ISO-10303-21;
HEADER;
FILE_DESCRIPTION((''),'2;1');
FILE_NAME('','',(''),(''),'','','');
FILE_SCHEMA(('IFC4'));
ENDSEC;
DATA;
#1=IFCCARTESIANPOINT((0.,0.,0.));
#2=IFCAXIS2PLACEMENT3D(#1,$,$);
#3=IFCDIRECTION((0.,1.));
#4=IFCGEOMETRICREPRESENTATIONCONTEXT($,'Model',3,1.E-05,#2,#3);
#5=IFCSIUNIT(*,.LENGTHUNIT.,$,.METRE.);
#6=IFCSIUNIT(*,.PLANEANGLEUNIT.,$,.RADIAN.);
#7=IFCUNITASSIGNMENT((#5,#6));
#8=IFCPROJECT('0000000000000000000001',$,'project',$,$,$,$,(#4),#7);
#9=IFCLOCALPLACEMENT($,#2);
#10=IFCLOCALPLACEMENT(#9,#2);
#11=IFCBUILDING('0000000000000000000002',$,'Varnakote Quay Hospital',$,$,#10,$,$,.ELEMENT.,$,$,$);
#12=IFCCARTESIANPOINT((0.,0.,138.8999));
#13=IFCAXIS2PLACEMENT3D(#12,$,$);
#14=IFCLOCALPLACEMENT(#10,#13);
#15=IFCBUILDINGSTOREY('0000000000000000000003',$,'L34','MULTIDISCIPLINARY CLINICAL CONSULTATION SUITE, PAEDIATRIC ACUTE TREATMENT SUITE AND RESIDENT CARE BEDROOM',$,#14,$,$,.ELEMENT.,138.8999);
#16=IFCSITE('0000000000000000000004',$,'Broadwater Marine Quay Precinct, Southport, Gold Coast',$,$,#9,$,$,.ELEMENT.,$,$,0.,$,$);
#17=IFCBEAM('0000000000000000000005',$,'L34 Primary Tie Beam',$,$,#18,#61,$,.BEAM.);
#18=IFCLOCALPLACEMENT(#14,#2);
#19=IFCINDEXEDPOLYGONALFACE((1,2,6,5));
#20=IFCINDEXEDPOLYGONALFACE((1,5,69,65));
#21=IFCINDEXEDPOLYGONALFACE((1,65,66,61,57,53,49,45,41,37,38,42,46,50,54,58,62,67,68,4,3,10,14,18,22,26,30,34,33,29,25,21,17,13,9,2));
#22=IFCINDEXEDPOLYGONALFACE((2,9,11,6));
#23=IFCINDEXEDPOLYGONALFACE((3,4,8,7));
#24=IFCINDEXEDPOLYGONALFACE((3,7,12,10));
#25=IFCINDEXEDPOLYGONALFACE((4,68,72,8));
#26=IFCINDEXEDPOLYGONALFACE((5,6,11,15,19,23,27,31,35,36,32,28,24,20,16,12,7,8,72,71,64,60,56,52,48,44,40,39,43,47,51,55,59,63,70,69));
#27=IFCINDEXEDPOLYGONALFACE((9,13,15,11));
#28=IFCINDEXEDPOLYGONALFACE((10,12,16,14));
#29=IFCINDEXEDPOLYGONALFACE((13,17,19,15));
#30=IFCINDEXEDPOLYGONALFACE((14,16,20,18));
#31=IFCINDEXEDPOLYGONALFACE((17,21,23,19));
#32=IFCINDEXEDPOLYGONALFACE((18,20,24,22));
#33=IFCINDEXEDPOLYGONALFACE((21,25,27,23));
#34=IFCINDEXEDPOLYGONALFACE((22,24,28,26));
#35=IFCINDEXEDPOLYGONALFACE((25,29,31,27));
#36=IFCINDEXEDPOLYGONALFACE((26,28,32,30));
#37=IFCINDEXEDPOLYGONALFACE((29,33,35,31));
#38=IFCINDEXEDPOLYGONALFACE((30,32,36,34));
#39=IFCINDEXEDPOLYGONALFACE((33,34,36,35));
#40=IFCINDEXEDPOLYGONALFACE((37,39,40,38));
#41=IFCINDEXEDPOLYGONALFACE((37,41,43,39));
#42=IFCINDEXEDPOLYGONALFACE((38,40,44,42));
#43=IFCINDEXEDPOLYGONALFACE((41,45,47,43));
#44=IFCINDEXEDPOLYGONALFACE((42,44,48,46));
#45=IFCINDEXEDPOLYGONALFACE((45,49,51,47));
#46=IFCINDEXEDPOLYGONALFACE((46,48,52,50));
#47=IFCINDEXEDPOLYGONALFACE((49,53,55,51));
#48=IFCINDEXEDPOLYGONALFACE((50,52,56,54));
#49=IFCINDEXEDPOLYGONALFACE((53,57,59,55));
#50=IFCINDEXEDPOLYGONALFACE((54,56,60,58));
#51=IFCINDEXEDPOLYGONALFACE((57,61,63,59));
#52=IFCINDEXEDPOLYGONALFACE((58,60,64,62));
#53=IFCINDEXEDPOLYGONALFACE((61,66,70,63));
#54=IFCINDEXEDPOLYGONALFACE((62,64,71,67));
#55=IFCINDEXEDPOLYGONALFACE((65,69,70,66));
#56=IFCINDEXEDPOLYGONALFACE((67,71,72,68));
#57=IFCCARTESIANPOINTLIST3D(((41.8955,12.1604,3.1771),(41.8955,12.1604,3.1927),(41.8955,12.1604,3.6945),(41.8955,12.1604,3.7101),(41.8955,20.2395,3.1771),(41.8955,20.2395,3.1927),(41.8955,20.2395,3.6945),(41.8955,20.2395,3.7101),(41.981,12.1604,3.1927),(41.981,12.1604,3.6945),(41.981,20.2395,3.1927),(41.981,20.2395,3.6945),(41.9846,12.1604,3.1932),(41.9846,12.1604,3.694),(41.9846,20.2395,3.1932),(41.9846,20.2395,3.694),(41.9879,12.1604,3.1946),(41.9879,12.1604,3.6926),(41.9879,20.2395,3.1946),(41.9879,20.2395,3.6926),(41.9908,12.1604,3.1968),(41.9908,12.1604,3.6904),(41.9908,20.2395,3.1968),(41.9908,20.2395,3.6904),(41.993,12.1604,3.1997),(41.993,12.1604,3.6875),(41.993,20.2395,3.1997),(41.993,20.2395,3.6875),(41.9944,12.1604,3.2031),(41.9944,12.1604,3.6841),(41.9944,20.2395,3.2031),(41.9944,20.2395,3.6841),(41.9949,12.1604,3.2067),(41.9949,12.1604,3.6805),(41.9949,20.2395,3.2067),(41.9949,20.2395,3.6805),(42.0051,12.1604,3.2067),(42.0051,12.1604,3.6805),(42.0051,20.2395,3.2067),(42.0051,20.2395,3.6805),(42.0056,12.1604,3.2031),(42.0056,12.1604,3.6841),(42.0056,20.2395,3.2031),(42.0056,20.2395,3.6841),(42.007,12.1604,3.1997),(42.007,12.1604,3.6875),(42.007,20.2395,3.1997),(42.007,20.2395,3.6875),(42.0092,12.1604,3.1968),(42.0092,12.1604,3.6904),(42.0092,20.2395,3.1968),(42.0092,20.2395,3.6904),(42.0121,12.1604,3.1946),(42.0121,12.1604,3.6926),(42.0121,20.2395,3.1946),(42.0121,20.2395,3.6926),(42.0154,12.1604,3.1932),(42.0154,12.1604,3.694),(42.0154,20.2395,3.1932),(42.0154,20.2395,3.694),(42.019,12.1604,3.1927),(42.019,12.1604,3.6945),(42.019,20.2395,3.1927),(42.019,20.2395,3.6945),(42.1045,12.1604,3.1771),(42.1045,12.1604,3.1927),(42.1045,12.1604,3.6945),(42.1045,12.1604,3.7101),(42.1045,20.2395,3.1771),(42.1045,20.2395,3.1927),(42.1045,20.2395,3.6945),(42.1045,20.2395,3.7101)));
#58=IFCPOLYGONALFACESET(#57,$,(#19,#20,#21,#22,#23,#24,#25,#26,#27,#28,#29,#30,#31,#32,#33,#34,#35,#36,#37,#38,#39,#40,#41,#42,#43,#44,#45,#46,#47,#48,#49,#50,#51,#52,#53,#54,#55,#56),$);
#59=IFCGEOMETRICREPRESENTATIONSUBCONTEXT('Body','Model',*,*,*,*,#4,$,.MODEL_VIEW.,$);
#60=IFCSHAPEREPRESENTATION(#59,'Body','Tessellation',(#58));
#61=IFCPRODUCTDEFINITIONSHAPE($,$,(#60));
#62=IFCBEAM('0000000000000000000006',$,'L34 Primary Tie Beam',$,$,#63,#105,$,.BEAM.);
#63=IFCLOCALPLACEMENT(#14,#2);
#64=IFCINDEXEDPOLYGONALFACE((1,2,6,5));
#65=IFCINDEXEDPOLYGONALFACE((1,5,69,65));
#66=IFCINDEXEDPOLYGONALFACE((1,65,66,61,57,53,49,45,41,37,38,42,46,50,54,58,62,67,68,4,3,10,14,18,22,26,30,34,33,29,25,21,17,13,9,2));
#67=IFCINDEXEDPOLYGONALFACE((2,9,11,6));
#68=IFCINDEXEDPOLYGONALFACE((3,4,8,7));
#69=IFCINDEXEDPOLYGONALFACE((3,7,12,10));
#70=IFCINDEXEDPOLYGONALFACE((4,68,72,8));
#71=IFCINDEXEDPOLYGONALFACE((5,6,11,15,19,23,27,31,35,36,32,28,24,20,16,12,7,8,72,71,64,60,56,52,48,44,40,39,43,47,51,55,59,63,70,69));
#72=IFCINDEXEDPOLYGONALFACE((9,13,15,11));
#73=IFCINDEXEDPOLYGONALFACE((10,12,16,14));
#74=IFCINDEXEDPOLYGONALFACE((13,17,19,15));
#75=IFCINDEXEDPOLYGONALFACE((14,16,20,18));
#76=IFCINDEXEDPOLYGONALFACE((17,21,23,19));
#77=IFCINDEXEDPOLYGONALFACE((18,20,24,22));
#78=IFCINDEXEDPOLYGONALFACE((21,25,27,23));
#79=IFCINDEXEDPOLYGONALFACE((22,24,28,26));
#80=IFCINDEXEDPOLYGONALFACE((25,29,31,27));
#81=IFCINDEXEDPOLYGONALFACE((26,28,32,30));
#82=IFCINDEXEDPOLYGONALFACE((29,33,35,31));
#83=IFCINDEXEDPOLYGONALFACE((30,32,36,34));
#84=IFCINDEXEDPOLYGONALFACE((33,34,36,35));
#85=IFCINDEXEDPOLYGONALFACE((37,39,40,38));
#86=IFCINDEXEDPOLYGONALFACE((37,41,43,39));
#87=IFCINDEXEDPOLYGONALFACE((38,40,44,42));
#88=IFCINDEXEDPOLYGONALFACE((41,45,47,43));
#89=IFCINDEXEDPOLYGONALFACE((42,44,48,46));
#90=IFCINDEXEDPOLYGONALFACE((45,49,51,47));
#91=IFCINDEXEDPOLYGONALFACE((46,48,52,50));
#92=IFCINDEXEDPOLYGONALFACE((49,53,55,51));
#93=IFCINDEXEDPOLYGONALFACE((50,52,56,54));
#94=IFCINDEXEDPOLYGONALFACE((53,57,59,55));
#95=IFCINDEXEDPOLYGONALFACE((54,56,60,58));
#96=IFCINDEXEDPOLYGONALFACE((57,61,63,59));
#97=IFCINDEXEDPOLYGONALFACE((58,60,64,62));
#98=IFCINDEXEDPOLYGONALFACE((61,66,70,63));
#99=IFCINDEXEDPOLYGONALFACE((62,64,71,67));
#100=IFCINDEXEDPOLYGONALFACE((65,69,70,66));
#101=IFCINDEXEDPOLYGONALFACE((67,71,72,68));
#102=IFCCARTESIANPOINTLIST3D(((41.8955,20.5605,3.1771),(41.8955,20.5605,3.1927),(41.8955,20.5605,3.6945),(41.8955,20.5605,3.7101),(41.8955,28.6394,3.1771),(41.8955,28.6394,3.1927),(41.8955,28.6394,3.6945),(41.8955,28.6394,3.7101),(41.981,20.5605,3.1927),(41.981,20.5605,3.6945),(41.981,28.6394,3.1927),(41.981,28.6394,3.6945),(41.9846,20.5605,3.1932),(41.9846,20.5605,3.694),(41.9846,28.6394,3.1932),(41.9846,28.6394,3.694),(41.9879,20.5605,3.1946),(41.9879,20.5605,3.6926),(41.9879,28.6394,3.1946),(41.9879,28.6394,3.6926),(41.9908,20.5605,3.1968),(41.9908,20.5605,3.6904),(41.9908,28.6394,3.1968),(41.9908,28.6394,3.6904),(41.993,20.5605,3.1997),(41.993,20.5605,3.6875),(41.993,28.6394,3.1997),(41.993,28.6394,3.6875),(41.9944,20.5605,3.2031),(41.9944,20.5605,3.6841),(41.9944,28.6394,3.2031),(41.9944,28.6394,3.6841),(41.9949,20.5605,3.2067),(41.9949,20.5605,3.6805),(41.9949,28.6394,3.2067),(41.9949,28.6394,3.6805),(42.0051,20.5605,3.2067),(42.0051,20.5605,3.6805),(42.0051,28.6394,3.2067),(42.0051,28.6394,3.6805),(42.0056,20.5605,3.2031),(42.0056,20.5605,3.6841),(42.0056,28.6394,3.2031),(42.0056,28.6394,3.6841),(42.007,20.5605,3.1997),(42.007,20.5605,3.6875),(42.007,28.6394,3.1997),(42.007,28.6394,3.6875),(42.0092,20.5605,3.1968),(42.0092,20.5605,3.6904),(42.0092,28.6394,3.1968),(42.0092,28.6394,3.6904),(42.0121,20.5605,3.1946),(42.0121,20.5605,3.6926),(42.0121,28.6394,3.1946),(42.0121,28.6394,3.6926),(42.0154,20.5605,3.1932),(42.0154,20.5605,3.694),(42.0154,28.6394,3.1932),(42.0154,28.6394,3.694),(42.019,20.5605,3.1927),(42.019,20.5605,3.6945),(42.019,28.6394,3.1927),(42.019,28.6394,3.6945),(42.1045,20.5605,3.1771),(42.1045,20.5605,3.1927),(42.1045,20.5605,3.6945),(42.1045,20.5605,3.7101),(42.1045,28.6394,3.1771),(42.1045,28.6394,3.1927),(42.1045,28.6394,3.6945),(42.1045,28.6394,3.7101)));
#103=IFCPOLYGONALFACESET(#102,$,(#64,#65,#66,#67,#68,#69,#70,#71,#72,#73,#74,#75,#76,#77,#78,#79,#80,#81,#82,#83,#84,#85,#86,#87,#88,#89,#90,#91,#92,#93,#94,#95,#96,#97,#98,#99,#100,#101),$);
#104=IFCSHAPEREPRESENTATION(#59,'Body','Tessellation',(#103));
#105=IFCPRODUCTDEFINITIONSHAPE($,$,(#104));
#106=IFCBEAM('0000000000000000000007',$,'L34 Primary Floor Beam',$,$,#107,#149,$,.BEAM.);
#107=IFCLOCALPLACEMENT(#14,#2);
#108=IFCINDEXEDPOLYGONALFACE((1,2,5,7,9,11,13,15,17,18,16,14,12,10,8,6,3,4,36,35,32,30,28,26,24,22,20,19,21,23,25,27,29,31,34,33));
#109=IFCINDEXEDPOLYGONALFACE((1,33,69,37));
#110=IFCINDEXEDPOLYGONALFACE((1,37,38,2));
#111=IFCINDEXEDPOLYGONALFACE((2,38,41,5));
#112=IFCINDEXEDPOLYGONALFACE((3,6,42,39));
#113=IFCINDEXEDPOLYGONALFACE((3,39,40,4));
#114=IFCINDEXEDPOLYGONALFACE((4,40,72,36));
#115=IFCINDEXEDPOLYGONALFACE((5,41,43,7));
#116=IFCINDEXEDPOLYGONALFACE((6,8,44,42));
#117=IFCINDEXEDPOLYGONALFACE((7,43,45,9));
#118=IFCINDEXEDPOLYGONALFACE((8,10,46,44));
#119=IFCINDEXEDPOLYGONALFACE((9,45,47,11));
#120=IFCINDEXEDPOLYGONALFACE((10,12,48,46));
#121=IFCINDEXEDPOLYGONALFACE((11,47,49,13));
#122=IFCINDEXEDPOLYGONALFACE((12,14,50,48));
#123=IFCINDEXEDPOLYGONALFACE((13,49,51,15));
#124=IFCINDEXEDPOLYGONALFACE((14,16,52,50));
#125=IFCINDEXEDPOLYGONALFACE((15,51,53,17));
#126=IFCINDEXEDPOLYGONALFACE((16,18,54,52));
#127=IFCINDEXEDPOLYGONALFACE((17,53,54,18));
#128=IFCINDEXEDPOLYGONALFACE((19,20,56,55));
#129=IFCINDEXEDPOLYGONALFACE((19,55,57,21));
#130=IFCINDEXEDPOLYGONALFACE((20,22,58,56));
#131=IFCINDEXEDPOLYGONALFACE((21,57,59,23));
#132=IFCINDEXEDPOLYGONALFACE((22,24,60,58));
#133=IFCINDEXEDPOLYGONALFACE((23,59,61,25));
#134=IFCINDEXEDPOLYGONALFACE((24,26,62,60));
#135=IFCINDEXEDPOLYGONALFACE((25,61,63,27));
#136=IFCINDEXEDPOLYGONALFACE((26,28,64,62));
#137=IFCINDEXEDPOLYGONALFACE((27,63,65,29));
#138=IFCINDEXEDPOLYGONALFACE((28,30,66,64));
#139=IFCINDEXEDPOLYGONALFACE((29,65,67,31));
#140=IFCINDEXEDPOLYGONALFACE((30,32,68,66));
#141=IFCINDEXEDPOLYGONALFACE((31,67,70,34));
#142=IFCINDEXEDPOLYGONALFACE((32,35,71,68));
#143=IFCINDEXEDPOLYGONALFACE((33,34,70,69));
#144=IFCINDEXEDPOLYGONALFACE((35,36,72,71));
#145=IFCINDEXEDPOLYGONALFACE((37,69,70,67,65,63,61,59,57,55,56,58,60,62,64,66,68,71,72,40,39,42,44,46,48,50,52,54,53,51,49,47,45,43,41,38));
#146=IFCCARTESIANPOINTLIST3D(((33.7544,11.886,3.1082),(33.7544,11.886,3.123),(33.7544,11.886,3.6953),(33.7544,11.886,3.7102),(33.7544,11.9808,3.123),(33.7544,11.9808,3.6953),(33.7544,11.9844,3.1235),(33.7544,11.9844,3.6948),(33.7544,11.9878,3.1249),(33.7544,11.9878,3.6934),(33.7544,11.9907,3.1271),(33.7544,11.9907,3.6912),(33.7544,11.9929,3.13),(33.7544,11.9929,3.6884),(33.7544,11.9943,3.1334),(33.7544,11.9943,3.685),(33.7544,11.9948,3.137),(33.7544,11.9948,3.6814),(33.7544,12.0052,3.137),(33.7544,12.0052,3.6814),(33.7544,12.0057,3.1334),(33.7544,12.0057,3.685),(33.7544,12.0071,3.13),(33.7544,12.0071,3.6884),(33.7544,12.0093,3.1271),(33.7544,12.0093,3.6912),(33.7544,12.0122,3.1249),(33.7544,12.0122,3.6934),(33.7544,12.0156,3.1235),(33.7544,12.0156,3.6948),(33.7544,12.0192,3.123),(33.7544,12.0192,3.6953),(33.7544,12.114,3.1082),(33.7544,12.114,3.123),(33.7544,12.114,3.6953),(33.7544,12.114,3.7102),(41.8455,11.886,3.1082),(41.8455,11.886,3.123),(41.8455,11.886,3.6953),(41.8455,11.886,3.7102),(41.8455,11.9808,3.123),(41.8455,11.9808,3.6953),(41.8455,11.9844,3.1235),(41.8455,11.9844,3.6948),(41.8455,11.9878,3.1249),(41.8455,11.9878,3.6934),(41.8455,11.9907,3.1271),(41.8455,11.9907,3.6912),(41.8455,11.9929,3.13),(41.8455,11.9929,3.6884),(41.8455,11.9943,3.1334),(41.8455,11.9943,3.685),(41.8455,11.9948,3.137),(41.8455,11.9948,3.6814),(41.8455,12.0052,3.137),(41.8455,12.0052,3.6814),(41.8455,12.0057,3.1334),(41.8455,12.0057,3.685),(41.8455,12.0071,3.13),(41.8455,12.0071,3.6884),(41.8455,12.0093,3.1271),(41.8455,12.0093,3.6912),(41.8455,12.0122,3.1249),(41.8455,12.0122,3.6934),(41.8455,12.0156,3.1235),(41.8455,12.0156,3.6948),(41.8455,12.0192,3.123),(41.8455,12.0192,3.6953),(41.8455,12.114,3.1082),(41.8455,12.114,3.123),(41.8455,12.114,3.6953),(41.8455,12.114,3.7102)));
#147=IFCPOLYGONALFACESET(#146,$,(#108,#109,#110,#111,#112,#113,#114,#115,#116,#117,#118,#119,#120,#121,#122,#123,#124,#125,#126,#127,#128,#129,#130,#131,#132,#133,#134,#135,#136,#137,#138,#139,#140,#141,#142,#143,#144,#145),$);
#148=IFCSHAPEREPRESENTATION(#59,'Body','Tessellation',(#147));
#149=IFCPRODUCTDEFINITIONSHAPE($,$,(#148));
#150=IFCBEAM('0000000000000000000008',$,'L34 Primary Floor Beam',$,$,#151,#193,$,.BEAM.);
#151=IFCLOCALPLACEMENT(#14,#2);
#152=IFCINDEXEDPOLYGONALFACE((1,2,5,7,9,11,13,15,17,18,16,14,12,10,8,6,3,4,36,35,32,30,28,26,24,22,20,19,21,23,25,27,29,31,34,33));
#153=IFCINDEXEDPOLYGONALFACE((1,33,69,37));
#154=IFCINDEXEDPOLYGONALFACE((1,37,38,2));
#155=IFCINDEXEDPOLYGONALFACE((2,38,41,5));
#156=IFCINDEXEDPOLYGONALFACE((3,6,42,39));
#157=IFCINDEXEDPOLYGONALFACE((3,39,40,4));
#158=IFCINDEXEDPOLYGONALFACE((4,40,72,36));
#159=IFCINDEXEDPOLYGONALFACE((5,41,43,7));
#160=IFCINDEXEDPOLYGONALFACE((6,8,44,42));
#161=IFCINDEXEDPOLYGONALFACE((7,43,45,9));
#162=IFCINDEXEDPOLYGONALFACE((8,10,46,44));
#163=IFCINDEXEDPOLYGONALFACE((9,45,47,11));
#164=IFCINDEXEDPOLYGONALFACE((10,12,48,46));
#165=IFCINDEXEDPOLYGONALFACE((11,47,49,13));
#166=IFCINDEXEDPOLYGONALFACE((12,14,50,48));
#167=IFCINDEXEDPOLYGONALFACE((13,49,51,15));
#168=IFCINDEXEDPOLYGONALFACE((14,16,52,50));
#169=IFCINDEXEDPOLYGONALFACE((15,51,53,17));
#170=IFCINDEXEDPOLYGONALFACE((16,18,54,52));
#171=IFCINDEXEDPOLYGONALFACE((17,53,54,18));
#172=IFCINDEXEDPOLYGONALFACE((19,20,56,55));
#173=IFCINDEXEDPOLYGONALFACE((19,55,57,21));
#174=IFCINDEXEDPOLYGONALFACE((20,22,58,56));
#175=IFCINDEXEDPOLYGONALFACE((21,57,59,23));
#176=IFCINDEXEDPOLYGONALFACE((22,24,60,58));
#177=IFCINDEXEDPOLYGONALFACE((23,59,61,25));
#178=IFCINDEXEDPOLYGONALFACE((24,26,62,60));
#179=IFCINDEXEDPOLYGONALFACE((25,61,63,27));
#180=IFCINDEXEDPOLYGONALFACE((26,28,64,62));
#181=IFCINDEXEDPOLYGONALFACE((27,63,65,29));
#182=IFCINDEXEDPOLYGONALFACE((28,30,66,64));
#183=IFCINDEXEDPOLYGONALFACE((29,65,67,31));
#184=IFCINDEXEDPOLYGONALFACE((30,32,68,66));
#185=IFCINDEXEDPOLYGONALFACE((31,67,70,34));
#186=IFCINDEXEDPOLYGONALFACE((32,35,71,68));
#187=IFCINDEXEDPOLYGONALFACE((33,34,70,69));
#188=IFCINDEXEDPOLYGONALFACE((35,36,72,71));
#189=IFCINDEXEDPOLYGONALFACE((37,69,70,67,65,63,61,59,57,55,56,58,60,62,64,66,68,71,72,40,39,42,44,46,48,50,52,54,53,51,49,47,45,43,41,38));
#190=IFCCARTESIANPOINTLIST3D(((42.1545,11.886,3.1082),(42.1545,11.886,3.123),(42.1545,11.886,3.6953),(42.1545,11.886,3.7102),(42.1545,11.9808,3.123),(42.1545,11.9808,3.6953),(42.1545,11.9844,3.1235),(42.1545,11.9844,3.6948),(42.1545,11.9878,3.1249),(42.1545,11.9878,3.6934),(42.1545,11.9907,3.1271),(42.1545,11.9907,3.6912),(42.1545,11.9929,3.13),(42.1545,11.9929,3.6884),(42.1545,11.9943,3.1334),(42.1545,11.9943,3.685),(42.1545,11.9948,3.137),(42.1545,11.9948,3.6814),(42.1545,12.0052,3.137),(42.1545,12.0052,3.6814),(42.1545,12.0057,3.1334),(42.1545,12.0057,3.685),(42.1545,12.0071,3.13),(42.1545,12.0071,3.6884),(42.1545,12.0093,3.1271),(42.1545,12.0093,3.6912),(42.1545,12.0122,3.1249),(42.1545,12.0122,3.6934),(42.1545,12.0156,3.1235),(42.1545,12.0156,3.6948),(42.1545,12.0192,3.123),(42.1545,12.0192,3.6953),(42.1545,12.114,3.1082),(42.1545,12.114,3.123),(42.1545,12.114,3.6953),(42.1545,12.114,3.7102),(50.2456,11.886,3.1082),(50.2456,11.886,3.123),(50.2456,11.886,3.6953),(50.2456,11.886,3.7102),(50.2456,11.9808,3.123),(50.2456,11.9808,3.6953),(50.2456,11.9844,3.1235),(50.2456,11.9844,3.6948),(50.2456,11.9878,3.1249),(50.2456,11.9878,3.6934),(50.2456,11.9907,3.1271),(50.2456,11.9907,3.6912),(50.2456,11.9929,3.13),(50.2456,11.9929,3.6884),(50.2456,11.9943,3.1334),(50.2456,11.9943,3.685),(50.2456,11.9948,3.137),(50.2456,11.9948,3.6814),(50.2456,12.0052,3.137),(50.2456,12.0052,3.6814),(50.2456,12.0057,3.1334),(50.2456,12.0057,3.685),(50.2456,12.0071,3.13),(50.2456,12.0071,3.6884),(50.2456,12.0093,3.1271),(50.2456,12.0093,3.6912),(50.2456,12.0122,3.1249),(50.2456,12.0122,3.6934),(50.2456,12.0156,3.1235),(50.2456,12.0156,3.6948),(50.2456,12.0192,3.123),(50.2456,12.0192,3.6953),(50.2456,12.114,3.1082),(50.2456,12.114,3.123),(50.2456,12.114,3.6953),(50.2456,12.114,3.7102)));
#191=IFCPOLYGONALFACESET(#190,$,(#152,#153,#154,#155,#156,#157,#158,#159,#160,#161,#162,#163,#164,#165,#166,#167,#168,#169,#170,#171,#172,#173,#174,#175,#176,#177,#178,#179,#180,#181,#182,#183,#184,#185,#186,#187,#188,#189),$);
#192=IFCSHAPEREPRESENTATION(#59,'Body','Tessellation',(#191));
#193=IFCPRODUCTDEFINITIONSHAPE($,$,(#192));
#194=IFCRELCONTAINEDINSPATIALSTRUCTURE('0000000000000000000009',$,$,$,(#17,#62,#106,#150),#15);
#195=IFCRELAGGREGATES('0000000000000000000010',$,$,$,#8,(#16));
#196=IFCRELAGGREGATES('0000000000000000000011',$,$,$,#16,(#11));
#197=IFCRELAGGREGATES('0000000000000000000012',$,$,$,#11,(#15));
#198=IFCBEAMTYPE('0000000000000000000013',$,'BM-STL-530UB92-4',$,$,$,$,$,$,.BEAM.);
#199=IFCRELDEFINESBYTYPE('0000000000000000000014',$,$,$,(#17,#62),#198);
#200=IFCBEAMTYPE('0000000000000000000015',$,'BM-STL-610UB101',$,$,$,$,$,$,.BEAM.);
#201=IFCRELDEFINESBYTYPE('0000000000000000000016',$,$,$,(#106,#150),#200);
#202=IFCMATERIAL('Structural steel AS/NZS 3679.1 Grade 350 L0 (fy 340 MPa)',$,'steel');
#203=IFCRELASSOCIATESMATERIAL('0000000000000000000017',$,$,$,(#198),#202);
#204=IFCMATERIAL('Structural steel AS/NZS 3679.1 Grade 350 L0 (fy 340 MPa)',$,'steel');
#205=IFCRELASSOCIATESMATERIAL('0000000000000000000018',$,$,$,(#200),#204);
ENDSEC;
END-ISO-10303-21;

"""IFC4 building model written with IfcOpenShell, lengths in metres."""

from ifc_helpers import new_model, si_unit, direction, frame, origin, origin_2d, place, context, subcontext, project, spatial, i_section, extrude, material, material_profile, profile_set, type_object, element, save


model = new_model("IFC4")

# Units and contexts
model_context = context("Model", 3, precision=1e-05, world=origin(), true_north=direction((0.0, 1.0)))
body_context = subcontext(model_context, "Body", "Model", "MODEL_VIEW")
ifc_project = project(units=[si_unit("LENGTHUNIT", "METRE"), si_unit("PLANEANGLEUNIT", "RADIAN")], contexts=[model_context])

# Site, building, storey
site_placement = place(None, origin())
site = spatial("IfcSite", under=ifc_project, at=site_placement, Name="Broadwater Marine Quay Precinct, Southport, Gold Coast", CompositionType="ELEMENT", RefElevation=0.0)
building_placement = place(site_placement, origin())
building = spatial("IfcBuilding", under=site, at=building_placement, Name="Varnakote Quay Hospital", CompositionType="ELEMENT")
storey_placement = place(building_placement, frame((0.0, 0.0, 138.8999)))
storey = spatial("IfcBuildingStorey", under=building, at=storey_placement, Name="L34", Description="MULTIDISCIPLINARY CLINICAL CONSULTATION SUITE, PAEDIATRIC ACUTE TREATMENT SUITE AND RESIDENT CARE BEDROOM", CompositionType="ELEMENT", Elevation=138.8999)

# Beams
ifc_material_1 = material(Name="Structural steel AS/NZS 3679.1 Grade 350 L0 (fy 340 MPa)", Category="steel")
ifc_material_profile_1 = material_profile(ifc_material_1, i_section(OverallWidth=0.209, OverallDepth=0.533, WebThickness=0.0103, FlangeThickness=0.0156, FilletRadius=0.0139, at=origin_2d()), Name="530UB92.4")
ifc_profile_set_1 = profile_set([ifc_material_profile_1], Name="Structural steel AS/NZS 3679.1 Grade 350 L0 (fy 340 MPa)")
beam_type_1 = type_object("IfcBeamType", Name="BM-STL-530UB92-4", PredefinedType="BEAM", material=ifc_profile_set_1)
beam_1_placement = place(storey_placement, frame((42.0, 12.1604, 3.4436), z_axis=(0.0, 1.0, 0.0), x_axis=(-1.0, 0.0, 0.0)))
element("IfcBeam", 1, at=beam_1_placement, inside=storey, type_object=beam_type_1, Name="L34 Primary Tie Beam", PredefinedType="BEAM", context=body_context, shape_type="SweptSolid", body=[
    extrude(i_section(OverallWidth=0.209, OverallDepth=0.533, WebThickness=0.0103, FlangeThickness=0.0156, FilletRadius=0.0139, at=origin_2d()), origin(), (0.0, 0.0, 1.0), 8.0791),
])
beam_2_placement = place(storey_placement, frame((42.0, 20.5605, 3.4436), z_axis=(0.0, 1.0, 0.0), x_axis=(-1.0, 0.0, 0.0)))
element("IfcBeam", 2, at=beam_2_placement, inside=storey, type_object=beam_type_1, Name="L34 Primary Tie Beam", PredefinedType="BEAM", context=body_context, shape_type="SweptSolid", body=[
    extrude(i_section(OverallWidth=0.209, OverallDepth=0.533, WebThickness=0.0103, FlangeThickness=0.0156, FilletRadius=0.0139, at=origin_2d()), origin(), (0.0, 0.0, 1.0), 8.0789),
])
ifc_material_2 = material(Name="Structural steel AS/NZS 3679.1 Grade 350 L0 (fy 340 MPa)", Category="steel")
ifc_material_profile_2 = material_profile(ifc_material_2, i_section(OverallWidth=0.228, OverallDepth=0.6021, WebThickness=0.0105, FlangeThickness=0.0149, FilletRadius=0.0139, at=origin_2d()), Name="610UB101")
ifc_profile_set_2 = profile_set([ifc_material_profile_2], Name="Structural steel AS/NZS 3679.1 Grade 350 L0 (fy 340 MPa)")
beam_type_2 = type_object("IfcBeamType", Name="BM-STL-610UB101", PredefinedType="BEAM", material=ifc_profile_set_2)
for number, where, z_axis, x_axis, name in (
    (3, (33.7544, 12.0, 3.4092), (1.0, 0.0, 0.0), (0.0, 1.0, 0.0), "L34 Primary Floor Beam"),
    (4, (42.1545, 12.0, 3.4092), (1.0, 0.0, 0.0), (0.0, 1.0, 0.0), "L34 Primary Floor Beam"),
):
    element("IfcBeam", number, at=place(storey_placement, frame(where, z_axis=z_axis, x_axis=x_axis)), inside=storey, type_object=beam_type_2, Name=name, PredefinedType="BEAM", context=body_context, shape_type="SweptSolid", body=[
        extrude(i_section(OverallWidth=0.228, OverallDepth=0.6021, WebThickness=0.0105, FlangeThickness=0.0149, FilletRadius=0.0139, at=origin_2d()), origin(), (0.0, 0.0, 1.0), 8.0911),
    ])

save(model, "model.ifc")
